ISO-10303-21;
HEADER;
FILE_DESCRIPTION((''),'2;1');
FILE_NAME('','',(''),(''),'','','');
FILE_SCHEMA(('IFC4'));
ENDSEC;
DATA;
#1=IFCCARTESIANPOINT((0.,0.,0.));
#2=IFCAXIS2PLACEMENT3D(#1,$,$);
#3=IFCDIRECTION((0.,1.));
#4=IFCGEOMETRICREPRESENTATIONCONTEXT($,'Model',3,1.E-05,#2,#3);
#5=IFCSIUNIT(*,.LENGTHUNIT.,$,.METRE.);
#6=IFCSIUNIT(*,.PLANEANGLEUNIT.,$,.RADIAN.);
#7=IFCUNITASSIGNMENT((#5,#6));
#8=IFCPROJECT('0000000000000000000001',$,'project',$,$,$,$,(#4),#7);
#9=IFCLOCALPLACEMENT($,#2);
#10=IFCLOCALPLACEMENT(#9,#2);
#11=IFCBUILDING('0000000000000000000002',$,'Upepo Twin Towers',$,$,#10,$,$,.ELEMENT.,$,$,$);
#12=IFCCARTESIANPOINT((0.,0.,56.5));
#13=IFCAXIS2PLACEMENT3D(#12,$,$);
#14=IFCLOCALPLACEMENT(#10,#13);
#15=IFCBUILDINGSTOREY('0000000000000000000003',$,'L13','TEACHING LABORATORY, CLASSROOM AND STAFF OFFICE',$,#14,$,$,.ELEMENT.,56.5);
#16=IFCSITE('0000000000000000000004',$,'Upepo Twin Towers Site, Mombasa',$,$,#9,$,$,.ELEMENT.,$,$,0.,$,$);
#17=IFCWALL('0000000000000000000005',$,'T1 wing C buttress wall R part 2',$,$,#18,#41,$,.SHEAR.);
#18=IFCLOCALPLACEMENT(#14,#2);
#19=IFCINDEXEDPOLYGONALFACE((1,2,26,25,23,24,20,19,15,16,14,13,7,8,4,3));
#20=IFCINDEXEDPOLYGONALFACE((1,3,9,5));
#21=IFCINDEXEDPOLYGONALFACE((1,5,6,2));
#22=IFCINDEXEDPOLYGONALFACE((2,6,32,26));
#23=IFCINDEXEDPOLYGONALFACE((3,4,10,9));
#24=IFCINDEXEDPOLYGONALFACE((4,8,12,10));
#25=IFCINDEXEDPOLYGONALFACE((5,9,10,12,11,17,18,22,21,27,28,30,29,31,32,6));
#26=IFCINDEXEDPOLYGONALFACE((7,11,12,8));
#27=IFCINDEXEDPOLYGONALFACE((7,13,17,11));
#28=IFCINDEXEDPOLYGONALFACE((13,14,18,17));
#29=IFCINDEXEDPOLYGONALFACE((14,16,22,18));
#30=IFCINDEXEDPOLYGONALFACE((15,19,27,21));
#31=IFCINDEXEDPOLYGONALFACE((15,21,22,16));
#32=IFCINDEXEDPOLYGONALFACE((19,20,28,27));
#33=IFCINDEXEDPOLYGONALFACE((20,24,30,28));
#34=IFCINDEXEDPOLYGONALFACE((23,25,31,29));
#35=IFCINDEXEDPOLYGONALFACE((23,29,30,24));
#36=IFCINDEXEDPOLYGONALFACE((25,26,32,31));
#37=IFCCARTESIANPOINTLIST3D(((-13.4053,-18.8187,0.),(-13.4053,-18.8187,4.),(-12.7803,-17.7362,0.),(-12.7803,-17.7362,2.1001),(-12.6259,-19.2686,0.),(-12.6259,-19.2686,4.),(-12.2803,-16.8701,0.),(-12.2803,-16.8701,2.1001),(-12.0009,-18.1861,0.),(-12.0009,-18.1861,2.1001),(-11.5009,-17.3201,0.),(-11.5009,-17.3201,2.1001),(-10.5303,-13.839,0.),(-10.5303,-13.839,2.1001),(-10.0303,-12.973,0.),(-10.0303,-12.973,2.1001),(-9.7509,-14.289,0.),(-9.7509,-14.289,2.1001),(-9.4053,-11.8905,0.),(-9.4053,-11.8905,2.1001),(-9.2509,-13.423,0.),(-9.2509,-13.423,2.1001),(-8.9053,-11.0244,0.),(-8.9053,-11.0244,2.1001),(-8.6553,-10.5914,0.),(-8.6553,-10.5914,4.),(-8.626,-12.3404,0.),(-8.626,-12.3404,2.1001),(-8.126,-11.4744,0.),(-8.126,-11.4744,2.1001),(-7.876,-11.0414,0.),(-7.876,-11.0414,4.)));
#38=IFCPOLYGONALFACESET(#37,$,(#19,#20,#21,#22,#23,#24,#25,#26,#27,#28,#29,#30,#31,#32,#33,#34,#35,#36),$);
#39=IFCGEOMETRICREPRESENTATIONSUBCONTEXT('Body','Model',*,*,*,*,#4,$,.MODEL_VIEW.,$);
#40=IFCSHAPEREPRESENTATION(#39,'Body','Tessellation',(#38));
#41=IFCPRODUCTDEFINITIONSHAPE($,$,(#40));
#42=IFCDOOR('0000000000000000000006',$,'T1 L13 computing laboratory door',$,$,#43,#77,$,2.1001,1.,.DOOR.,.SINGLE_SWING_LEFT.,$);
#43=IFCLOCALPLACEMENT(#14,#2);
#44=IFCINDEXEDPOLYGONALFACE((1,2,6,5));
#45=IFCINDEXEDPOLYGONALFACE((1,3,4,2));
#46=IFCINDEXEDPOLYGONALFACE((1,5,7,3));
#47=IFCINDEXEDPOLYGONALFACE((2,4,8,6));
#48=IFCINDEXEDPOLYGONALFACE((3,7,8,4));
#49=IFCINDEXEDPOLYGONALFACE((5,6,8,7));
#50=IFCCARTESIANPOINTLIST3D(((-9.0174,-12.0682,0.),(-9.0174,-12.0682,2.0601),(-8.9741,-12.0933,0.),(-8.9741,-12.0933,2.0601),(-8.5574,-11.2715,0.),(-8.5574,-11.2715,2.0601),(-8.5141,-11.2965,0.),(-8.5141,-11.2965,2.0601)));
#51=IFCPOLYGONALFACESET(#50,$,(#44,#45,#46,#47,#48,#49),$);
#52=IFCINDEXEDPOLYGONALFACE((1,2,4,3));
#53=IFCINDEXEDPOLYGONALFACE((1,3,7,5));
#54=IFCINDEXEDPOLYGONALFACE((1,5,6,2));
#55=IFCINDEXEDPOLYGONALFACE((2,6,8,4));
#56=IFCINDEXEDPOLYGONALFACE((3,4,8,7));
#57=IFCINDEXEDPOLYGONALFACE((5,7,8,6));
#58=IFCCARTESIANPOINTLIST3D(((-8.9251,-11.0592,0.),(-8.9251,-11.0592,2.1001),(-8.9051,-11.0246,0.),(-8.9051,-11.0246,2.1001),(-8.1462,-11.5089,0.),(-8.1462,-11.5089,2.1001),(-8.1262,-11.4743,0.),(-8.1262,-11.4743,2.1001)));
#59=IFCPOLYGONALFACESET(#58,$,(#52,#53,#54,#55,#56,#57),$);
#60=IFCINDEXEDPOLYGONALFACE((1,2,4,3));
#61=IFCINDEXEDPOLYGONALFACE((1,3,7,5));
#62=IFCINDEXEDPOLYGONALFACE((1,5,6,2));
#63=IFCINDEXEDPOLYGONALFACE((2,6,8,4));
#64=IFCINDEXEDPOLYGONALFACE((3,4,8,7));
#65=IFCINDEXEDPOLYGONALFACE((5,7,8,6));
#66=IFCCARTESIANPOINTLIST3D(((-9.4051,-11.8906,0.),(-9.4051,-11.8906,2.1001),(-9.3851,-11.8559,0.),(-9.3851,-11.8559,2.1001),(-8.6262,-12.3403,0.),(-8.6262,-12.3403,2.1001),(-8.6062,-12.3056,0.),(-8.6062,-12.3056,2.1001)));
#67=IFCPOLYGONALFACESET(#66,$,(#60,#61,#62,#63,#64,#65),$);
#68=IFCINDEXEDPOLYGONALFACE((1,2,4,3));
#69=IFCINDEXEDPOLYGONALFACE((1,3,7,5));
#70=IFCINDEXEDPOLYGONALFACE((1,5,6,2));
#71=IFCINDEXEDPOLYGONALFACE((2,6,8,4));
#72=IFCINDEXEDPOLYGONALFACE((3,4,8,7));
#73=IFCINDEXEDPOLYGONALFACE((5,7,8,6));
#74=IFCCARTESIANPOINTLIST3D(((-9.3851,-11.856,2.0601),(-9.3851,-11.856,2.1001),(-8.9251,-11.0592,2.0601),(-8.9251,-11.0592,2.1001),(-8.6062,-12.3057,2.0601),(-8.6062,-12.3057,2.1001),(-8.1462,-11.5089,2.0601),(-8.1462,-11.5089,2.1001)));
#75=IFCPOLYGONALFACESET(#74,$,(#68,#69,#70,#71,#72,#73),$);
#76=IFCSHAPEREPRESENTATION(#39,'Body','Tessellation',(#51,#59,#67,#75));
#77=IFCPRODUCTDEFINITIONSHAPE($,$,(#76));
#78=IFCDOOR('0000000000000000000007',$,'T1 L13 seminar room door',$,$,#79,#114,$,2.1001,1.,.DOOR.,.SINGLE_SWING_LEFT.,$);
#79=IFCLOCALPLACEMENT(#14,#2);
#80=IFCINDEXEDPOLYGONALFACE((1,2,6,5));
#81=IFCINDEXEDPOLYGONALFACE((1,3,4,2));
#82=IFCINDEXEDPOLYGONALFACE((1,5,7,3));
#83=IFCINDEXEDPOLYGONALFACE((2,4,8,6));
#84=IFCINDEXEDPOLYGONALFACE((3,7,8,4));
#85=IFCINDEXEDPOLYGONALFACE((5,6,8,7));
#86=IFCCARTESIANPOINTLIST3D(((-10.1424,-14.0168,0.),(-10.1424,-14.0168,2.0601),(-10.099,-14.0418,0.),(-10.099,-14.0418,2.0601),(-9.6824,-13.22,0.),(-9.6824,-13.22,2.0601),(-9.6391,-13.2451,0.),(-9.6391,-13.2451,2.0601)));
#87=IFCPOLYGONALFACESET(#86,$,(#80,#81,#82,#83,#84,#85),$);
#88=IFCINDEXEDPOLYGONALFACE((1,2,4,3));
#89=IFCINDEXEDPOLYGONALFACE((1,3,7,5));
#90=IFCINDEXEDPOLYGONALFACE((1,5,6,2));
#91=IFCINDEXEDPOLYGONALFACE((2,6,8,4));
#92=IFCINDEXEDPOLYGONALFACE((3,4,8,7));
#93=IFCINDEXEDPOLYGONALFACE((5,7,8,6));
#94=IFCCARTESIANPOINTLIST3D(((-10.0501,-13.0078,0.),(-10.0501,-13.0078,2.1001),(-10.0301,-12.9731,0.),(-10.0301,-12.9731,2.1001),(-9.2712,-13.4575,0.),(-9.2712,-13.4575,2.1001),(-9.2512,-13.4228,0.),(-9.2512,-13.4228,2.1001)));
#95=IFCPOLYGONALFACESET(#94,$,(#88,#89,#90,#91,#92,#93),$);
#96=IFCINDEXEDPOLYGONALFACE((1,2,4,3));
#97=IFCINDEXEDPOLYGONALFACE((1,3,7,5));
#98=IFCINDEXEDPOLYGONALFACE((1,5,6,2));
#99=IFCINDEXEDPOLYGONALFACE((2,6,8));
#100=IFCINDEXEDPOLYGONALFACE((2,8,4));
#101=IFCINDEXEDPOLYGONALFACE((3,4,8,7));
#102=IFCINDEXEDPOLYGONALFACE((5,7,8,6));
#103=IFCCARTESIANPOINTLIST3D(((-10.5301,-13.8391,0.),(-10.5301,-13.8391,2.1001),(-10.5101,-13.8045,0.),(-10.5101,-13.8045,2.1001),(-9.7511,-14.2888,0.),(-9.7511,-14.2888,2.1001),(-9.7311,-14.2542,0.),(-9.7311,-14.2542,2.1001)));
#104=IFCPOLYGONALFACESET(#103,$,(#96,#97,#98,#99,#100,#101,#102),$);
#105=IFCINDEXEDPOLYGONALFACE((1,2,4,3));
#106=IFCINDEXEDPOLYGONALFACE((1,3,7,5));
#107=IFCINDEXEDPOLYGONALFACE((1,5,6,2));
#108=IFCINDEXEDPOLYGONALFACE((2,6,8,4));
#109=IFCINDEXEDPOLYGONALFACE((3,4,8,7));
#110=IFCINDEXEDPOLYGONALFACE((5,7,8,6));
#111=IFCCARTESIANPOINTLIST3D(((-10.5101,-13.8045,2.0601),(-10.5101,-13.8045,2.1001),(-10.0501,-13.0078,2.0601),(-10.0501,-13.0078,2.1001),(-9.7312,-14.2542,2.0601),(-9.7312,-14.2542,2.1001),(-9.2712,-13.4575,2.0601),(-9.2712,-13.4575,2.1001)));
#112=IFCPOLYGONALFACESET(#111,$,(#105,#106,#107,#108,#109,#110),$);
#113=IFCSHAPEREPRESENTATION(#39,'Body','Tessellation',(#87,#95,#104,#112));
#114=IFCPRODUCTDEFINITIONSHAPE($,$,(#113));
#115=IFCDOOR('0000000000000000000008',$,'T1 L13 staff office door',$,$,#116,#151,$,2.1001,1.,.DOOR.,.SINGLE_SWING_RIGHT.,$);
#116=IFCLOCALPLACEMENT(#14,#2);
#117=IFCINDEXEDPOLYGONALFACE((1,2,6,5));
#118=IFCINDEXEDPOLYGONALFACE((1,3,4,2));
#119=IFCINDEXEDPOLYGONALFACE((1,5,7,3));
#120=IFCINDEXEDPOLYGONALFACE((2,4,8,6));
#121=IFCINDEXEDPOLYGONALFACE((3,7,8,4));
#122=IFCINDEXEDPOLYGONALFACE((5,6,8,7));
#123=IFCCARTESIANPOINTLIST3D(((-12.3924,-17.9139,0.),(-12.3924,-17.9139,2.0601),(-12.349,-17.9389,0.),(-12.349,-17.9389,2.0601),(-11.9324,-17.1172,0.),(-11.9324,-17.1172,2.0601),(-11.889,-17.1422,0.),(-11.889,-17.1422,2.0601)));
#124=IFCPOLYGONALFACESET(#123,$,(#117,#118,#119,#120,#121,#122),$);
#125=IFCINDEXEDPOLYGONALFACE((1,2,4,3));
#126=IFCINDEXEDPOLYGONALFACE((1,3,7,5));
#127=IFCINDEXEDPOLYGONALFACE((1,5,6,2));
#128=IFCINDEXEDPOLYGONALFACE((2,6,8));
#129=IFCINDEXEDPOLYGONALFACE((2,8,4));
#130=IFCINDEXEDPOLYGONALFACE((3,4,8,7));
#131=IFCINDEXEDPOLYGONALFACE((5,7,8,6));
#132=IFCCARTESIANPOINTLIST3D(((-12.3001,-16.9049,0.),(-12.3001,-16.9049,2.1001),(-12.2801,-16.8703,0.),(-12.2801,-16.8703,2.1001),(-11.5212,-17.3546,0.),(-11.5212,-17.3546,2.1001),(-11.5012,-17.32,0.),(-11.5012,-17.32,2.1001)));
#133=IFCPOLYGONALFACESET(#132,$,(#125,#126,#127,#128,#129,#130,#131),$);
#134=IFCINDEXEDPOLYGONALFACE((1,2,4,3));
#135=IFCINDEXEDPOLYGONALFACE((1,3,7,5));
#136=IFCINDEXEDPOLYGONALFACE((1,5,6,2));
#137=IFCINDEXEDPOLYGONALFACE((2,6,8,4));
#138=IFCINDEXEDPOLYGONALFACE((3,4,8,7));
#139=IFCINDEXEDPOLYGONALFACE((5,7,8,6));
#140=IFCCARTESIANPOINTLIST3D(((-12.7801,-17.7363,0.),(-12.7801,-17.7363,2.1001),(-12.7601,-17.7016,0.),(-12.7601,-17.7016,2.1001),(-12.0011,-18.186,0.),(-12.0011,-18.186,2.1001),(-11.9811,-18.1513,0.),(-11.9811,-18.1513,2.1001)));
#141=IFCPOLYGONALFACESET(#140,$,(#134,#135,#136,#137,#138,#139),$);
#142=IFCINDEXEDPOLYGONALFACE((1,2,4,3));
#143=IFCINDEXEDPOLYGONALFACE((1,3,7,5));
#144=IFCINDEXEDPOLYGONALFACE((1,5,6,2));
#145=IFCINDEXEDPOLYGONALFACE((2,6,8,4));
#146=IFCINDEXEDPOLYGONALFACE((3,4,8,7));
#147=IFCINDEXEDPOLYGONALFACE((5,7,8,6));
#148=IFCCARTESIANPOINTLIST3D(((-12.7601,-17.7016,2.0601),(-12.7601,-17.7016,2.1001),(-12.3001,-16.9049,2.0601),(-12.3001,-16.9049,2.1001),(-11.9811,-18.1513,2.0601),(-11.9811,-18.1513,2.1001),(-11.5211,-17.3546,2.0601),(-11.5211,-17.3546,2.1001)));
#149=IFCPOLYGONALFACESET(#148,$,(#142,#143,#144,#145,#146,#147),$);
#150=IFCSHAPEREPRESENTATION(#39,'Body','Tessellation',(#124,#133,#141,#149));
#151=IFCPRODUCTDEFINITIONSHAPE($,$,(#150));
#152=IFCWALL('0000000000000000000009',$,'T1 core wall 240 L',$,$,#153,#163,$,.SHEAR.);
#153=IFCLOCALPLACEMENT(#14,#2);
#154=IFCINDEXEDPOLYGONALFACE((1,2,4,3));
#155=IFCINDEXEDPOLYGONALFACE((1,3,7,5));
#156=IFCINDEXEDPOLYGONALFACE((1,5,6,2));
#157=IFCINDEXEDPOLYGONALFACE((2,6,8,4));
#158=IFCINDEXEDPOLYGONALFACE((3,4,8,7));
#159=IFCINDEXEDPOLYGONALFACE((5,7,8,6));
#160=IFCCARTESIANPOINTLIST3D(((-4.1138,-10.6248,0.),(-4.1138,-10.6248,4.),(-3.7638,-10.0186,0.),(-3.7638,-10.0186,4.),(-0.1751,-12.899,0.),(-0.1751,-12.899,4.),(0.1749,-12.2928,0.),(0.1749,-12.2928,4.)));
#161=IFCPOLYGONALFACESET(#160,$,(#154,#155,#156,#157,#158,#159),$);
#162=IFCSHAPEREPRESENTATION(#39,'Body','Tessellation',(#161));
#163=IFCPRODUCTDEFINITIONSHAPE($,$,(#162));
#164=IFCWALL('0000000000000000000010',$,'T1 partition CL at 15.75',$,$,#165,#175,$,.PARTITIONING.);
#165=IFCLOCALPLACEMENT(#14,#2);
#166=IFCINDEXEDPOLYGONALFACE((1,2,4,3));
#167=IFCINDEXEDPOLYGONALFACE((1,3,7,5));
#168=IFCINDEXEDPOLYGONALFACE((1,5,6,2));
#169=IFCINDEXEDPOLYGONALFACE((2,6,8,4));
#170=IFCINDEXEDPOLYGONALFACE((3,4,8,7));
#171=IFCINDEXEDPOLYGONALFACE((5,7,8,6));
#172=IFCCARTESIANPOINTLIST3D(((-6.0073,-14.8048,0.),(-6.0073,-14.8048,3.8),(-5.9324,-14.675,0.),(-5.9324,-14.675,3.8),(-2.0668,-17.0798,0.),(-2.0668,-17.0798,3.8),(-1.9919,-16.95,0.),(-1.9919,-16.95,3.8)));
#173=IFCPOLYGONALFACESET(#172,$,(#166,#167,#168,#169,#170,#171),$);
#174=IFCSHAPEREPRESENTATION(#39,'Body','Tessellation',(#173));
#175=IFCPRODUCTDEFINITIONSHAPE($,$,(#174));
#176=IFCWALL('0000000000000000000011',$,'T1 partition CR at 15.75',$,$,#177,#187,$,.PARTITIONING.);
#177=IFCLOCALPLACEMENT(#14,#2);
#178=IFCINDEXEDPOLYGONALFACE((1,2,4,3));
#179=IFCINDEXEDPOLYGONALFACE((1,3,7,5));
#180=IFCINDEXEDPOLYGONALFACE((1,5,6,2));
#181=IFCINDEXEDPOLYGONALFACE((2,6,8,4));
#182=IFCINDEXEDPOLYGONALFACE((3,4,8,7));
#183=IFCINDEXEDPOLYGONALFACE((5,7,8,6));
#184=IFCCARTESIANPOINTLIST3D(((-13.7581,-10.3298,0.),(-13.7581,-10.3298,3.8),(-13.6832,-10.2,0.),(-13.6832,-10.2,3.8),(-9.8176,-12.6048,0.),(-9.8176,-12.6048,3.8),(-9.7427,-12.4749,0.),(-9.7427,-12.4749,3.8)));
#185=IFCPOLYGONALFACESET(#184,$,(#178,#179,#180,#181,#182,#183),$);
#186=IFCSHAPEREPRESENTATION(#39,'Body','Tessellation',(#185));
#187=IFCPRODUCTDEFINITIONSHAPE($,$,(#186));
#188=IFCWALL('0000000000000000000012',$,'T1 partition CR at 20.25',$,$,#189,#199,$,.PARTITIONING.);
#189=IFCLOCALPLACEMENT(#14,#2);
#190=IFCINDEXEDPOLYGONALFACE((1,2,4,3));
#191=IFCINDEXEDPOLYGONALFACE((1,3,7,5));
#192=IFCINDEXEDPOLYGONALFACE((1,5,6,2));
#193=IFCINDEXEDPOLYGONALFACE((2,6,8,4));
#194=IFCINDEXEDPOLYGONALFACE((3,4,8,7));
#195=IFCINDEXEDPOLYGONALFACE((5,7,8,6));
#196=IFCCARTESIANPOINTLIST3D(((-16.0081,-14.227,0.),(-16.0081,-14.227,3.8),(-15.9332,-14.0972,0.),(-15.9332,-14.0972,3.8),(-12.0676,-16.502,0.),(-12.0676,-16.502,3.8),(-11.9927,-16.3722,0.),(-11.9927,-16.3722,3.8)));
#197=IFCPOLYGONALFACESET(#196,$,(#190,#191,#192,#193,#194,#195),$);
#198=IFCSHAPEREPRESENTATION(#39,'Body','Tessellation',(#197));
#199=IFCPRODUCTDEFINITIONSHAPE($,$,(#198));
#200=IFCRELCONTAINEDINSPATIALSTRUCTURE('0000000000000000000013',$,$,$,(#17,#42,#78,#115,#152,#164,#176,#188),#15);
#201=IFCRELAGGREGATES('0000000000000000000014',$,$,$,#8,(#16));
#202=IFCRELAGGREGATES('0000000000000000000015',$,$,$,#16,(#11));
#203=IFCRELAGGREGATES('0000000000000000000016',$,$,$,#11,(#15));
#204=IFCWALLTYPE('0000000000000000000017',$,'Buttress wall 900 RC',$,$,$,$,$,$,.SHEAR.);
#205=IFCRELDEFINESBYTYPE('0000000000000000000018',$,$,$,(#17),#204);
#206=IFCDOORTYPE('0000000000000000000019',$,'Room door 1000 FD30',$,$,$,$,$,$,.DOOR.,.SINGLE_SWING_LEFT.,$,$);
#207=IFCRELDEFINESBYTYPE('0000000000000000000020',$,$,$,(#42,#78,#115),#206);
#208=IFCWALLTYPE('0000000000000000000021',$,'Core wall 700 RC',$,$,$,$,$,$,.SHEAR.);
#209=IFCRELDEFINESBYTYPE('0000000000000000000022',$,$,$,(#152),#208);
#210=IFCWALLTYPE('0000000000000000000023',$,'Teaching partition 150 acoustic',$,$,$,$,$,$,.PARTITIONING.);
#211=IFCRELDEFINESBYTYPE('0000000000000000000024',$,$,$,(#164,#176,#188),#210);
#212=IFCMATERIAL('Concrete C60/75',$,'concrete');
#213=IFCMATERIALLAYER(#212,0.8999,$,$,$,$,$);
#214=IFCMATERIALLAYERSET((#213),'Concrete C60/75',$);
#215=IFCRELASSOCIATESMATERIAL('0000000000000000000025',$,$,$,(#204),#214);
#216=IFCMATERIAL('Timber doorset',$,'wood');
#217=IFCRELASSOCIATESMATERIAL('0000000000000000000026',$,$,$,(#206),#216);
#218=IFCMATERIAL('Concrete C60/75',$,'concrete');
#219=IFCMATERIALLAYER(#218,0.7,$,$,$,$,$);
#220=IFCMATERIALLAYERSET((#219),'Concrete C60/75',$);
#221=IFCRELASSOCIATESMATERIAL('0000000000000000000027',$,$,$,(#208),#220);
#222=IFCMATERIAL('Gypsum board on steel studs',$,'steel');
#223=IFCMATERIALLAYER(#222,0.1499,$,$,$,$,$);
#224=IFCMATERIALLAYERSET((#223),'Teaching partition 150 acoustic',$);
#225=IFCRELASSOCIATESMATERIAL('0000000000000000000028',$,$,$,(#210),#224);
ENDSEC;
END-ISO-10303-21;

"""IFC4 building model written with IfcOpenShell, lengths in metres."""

from ifc_helpers import new_model, si_unit, direction, frame, frame_2d, origin, place, context, subcontext, project, spatial, rectangle, extrude, material, layer, layer_set, type_object, element, fill, save


model = new_model("IFC4")

# Units and contexts
model_context = context("Model", 3, precision=1e-05, world=origin(), true_north=direction((0.0, 1.0)))
body_context = subcontext(model_context, "Body", "Model", "MODEL_VIEW")
ifc_project = project(units=[si_unit("LENGTHUNIT", "METRE"), si_unit("PLANEANGLEUNIT", "RADIAN")], contexts=[model_context])

# Site, building, storey
site_placement = place(None, origin())
site = spatial("IfcSite", under=ifc_project, at=site_placement, Name="Upepo Twin Towers Site, Mombasa", CompositionType="ELEMENT", RefElevation=0.0)
building_placement = place(site_placement, origin())
building = spatial("IfcBuilding", under=site, at=building_placement, Name="Upepo Twin Towers", CompositionType="ELEMENT")
storey_placement = place(building_placement, frame((0.0, 0.0, 56.5)))
storey = spatial("IfcBuildingStorey", under=building, at=storey_placement, Name="L13", Description="TEACHING LABORATORY, CLASSROOM AND STAFF OFFICE", CompositionType="ELEMENT", Elevation=56.5)

# Wall, openings, doors
ifc_material_1 = material(Name="Concrete C60/75", Category="concrete")
ifc_layer_1 = layer(ifc_material_1, 0.8999)
ifc_layer_set_1 = layer_set([ifc_layer_1], Name="Concrete C60/75")
wall_type_1 = type_object("IfcWallType", Name="Buttress wall 900 RC", PredefinedType="SHEAR", material=ifc_layer_set_1)
ifc_material_2 = material(Name="Timber doorset", Category="wood")
door_type = type_object("IfcDoorType", Name="Room door 1000 FD30", OperationType="SINGLE_SWING_LEFT", PredefinedType="DOOR", material=ifc_material_2)
wall_1_placement = place(storey_placement, frame((-8.2656, -10.8164, 0.0), z_axis=(0.0, 0.0, 1.0), x_axis=(-0.499998, -0.866027, 0.0)))
wall_1 = element("IfcWall", 1, at=wall_1_placement, inside=storey, type_object=wall_type_1, Name="T1 wing C buttress wall R part 2", PredefinedType="SHEAR", context=body_context, shape_type="SweptSolid", body=[
    extrude(rectangle(XDim=9.5, YDim=0.8999, at=frame_2d((4.75, 0.0))), origin(), (0.0, 0.0, 1.0), 4.0),
])
opening_1_placement = place(wall_1_placement, frame((0.5, 0.0, 0.0)))
opening_1 = element("IfcOpeningElement", 2, at=opening_1_placement, cuts=wall_1, PredefinedType="OPENING", context=body_context, shape_type="SweptSolid", body=[
    extrude(rectangle(XDim=1.0, YDim=2.1001, at=frame_2d((0.5, 1.05))), frame((0.0, 0.46, 0.0), z_axis=(0.0, -1.0, 0.0), x_axis=(1.0, 0.0, 0.0)), (0.0, 0.0, 1.0), 0.9199),
])
opening_2_placement = place(wall_1_placement, frame((2.75, 0.0, 0.0)))
opening_2 = element("IfcOpeningElement", 3, at=opening_2_placement, cuts=wall_1, PredefinedType="OPENING", context=body_context, shape_type="SweptSolid", body=[
    extrude(rectangle(XDim=1.0, YDim=2.1001, at=frame_2d((0.5, 1.05))), frame((0.0, 0.46, 0.0), z_axis=(0.0, -1.0, 0.0), x_axis=(1.0, 0.0, 0.0)), (0.0, 0.0, 1.0), 0.9199),
])
opening_3_placement = place(wall_1_placement, frame((7.25, 0.0, 0.0)))
opening_3 = element("IfcOpeningElement", 4, at=opening_3_placement, cuts=wall_1, PredefinedType="OPENING", context=body_context, shape_type="SweptSolid", body=[
    extrude(rectangle(XDim=1.0, YDim=2.1001, at=frame_2d((0.5, 1.05))), frame((0.0, 0.46, 0.0), z_axis=(0.0, -1.0, 0.0), x_axis=(1.0, 0.0, 0.0)), (0.0, 0.0, 1.0), 0.9199),
])
door_1_placement = place(opening_1_placement, origin())
door_1 = element("IfcDoor", 5, at=door_1_placement, inside=storey, type_object=door_type, Name="T1 L13 computing laboratory door", OperationType="SINGLE_SWING_LEFT", OverallHeight=2.1001, OverallWidth=1.0, PredefinedType="DOOR", context=body_context, shape_type="SweptSolid", body=[
    extrude(rectangle(XDim=0.92, YDim=2.0601, at=frame_2d((0.5, 1.03))), frame((0.0, 0.0249, 0.0), z_axis=(0.0, -1.0, 0.0), x_axis=(1.0, 0.0, 0.0)), (0.0, 0.0, 1.0), 0.05),
    extrude(rectangle(XDim=0.04, YDim=2.1001, at=frame_2d((0.02, 1.05))), frame((0.0, 0.4497, 0.0), z_axis=(0.0, -1.0, 0.0), x_axis=(1.0, 0.0, 0.0)), (0.0, 0.0, 1.0), 0.8994),
    extrude(rectangle(XDim=0.04, YDim=2.1001, at=frame_2d((0.98, 1.05))), frame((0.0, 0.4497, 0.0), z_axis=(0.0, -1.0, 0.0), x_axis=(1.0, 0.0, 0.0)), (0.0, 0.0, 1.0), 0.8994),
    extrude(rectangle(XDim=0.92, YDim=0.04, at=frame_2d((0.5, 2.0801))), frame((0.0, 0.4497, 0.0), z_axis=(0.0, -1.0, 0.0), x_axis=(1.0, 0.0, 0.0)), (0.0, 0.0, 1.0), 0.8994),
])
fill(opening_1, door_1)
door_2_placement = place(opening_2_placement, origin())
door_2 = element("IfcDoor", 6, at=door_2_placement, inside=storey, type_object=door_type, Name="T1 L13 seminar room door", OperationType="SINGLE_SWING_LEFT", OverallHeight=2.1001, OverallWidth=1.0, PredefinedType="DOOR", context=body_context, shape_type="SweptSolid", body=[
    extrude(rectangle(XDim=0.92, YDim=2.0601, at=frame_2d((0.5, 1.03))), frame((0.0, 0.0249, 0.0), z_axis=(0.0, -1.0, 0.0), x_axis=(1.0, 0.0, 0.0)), (0.0, 0.0, 1.0), 0.05),
    extrude(rectangle(XDim=0.04, YDim=2.1001, at=frame_2d((0.02, 1.05))), frame((0.0, 0.4497, 0.0), z_axis=(0.0, -1.0, 0.0), x_axis=(1.0, 0.0, 0.0)), (0.0, 0.0, 1.0), 0.8994),
    extrude(rectangle(XDim=0.04, YDim=2.1001, at=frame_2d((0.98, 1.05))), frame((0.0, 0.4497, 0.0), z_axis=(0.0, -1.0, 0.0), x_axis=(1.0, 0.0, 0.0)), (0.0, 0.0, 1.0), 0.8994),
    extrude(rectangle(XDim=0.92, YDim=0.04, at=frame_2d((0.5, 2.0801))), frame((0.0, 0.4497, 0.0), z_axis=(0.0, -1.0, 0.0), x_axis=(1.0, 0.0, 0.0)), (0.0, 0.0, 1.0), 0.8994),
])
fill(opening_2, door_2)
door_3_placement = place(opening_3_placement, origin())
door_3 = element("IfcDoor", 7, at=door_3_placement, inside=storey, type_object=door_type, Name="T1 L13 staff office door", OperationType="SINGLE_SWING_RIGHT", OverallHeight=2.1001, OverallWidth=1.0, PredefinedType="DOOR", context=body_context, shape_type="SweptSolid", body=[
    extrude(rectangle(XDim=0.92, YDim=2.0601, at=frame_2d((0.5, 1.03))), frame((0.0, 0.0249, 0.0), z_axis=(0.0, -1.0, 0.0), x_axis=(1.0, 0.0, 0.0)), (0.0, 0.0, 1.0), 0.05),
    extrude(rectangle(XDim=0.04, YDim=2.1001, at=frame_2d((0.02, 1.05))), frame((0.0, 0.4497, 0.0), z_axis=(0.0, -1.0, 0.0), x_axis=(1.0, 0.0, 0.0)), (0.0, 0.0, 1.0), 0.8994),
    extrude(rectangle(XDim=0.04, YDim=2.1001, at=frame_2d((0.98, 1.05))), frame((0.0, 0.4497, 0.0), z_axis=(0.0, -1.0, 0.0), x_axis=(1.0, 0.0, 0.0)), (0.0, 0.0, 1.0), 0.8994),
    extrude(rectangle(XDim=0.92, YDim=0.04, at=frame_2d((0.5, 2.0801))), frame((0.0, 0.4497, 0.0), z_axis=(0.0, -1.0, 0.0), x_axis=(1.0, 0.0, 0.0)), (0.0, 0.0, 1.0), 0.8994),
])
fill(opening_3, door_3)

# Walls
ifc_material_3 = material(Name="Concrete C60/75", Category="concrete")
ifc_layer_2 = layer(ifc_material_3, 0.7)
ifc_layer_set_2 = layer_set([ifc_layer_2], Name="Concrete C60/75")
wall_type_2 = type_object("IfcWallType", Name="Core wall 700 RC", PredefinedType="SHEAR", material=ifc_layer_set_2)
wall_2_placement = place(storey_placement, frame((-3.9387, -10.3218, 0.0), z_axis=(0.0, 0.0, 1.0), x_axis=(0.866011, -0.500024, 0.0)))
element("IfcWall", 8, at=wall_2_placement, inside=storey, type_object=wall_type_2, Name="T1 core wall 240 L", PredefinedType="SHEAR", context=body_context, shape_type="SweptSolid", body=[
    extrude(rectangle(XDim=4.5481, YDim=0.7, at=frame_2d((2.2739, 0.0))), origin(), (0.0, 0.0, 1.0), 4.0),
])
ifc_material_4 = material(Name="Gypsum board on steel studs", Category="steel")
ifc_layer_3 = layer(ifc_material_4, 0.1499)
ifc_layer_set_3 = layer_set([ifc_layer_3], Name="Teaching partition 150 acoustic")
wall_type_3 = type_object("IfcWallType", Name="Teaching partition 150 acoustic", PredefinedType="PARTITIONING", material=ifc_layer_set_3)
for number, where, z_axis, x_axis, name in (
    (9, (-5.9697, -14.74, 0.0), (0.0, 0.0, 1.0), (0.866035, -0.499983, 0.0), "T1 partition CL at 15.75"),
    (10, (-9.7803, -12.5398, 0.0), (0.0, 0.0, 1.0), (-0.866035, 0.499983, 0.0), "T1 partition CR at 15.75"),
    (11, (-12.0303, -16.437, 0.0), (0.0, 0.0, 1.0), (-0.866035, 0.499983, 0.0), "T1 partition CR at 20.25"),
):
    element("IfcWall", number, at=place(storey_placement, frame(where, z_axis=z_axis, x_axis=x_axis)), inside=storey, type_object=wall_type_3, Name=name, PredefinedType="PARTITIONING", context=body_context, shape_type="SweptSolid", body=[
        extrude(rectangle(XDim=4.55, YDim=0.1499, at=frame_2d((2.2749, 0.0))), origin(), (0.0, 0.0, 1.0), 3.8),
    ])

save(model, "model.ifc")
